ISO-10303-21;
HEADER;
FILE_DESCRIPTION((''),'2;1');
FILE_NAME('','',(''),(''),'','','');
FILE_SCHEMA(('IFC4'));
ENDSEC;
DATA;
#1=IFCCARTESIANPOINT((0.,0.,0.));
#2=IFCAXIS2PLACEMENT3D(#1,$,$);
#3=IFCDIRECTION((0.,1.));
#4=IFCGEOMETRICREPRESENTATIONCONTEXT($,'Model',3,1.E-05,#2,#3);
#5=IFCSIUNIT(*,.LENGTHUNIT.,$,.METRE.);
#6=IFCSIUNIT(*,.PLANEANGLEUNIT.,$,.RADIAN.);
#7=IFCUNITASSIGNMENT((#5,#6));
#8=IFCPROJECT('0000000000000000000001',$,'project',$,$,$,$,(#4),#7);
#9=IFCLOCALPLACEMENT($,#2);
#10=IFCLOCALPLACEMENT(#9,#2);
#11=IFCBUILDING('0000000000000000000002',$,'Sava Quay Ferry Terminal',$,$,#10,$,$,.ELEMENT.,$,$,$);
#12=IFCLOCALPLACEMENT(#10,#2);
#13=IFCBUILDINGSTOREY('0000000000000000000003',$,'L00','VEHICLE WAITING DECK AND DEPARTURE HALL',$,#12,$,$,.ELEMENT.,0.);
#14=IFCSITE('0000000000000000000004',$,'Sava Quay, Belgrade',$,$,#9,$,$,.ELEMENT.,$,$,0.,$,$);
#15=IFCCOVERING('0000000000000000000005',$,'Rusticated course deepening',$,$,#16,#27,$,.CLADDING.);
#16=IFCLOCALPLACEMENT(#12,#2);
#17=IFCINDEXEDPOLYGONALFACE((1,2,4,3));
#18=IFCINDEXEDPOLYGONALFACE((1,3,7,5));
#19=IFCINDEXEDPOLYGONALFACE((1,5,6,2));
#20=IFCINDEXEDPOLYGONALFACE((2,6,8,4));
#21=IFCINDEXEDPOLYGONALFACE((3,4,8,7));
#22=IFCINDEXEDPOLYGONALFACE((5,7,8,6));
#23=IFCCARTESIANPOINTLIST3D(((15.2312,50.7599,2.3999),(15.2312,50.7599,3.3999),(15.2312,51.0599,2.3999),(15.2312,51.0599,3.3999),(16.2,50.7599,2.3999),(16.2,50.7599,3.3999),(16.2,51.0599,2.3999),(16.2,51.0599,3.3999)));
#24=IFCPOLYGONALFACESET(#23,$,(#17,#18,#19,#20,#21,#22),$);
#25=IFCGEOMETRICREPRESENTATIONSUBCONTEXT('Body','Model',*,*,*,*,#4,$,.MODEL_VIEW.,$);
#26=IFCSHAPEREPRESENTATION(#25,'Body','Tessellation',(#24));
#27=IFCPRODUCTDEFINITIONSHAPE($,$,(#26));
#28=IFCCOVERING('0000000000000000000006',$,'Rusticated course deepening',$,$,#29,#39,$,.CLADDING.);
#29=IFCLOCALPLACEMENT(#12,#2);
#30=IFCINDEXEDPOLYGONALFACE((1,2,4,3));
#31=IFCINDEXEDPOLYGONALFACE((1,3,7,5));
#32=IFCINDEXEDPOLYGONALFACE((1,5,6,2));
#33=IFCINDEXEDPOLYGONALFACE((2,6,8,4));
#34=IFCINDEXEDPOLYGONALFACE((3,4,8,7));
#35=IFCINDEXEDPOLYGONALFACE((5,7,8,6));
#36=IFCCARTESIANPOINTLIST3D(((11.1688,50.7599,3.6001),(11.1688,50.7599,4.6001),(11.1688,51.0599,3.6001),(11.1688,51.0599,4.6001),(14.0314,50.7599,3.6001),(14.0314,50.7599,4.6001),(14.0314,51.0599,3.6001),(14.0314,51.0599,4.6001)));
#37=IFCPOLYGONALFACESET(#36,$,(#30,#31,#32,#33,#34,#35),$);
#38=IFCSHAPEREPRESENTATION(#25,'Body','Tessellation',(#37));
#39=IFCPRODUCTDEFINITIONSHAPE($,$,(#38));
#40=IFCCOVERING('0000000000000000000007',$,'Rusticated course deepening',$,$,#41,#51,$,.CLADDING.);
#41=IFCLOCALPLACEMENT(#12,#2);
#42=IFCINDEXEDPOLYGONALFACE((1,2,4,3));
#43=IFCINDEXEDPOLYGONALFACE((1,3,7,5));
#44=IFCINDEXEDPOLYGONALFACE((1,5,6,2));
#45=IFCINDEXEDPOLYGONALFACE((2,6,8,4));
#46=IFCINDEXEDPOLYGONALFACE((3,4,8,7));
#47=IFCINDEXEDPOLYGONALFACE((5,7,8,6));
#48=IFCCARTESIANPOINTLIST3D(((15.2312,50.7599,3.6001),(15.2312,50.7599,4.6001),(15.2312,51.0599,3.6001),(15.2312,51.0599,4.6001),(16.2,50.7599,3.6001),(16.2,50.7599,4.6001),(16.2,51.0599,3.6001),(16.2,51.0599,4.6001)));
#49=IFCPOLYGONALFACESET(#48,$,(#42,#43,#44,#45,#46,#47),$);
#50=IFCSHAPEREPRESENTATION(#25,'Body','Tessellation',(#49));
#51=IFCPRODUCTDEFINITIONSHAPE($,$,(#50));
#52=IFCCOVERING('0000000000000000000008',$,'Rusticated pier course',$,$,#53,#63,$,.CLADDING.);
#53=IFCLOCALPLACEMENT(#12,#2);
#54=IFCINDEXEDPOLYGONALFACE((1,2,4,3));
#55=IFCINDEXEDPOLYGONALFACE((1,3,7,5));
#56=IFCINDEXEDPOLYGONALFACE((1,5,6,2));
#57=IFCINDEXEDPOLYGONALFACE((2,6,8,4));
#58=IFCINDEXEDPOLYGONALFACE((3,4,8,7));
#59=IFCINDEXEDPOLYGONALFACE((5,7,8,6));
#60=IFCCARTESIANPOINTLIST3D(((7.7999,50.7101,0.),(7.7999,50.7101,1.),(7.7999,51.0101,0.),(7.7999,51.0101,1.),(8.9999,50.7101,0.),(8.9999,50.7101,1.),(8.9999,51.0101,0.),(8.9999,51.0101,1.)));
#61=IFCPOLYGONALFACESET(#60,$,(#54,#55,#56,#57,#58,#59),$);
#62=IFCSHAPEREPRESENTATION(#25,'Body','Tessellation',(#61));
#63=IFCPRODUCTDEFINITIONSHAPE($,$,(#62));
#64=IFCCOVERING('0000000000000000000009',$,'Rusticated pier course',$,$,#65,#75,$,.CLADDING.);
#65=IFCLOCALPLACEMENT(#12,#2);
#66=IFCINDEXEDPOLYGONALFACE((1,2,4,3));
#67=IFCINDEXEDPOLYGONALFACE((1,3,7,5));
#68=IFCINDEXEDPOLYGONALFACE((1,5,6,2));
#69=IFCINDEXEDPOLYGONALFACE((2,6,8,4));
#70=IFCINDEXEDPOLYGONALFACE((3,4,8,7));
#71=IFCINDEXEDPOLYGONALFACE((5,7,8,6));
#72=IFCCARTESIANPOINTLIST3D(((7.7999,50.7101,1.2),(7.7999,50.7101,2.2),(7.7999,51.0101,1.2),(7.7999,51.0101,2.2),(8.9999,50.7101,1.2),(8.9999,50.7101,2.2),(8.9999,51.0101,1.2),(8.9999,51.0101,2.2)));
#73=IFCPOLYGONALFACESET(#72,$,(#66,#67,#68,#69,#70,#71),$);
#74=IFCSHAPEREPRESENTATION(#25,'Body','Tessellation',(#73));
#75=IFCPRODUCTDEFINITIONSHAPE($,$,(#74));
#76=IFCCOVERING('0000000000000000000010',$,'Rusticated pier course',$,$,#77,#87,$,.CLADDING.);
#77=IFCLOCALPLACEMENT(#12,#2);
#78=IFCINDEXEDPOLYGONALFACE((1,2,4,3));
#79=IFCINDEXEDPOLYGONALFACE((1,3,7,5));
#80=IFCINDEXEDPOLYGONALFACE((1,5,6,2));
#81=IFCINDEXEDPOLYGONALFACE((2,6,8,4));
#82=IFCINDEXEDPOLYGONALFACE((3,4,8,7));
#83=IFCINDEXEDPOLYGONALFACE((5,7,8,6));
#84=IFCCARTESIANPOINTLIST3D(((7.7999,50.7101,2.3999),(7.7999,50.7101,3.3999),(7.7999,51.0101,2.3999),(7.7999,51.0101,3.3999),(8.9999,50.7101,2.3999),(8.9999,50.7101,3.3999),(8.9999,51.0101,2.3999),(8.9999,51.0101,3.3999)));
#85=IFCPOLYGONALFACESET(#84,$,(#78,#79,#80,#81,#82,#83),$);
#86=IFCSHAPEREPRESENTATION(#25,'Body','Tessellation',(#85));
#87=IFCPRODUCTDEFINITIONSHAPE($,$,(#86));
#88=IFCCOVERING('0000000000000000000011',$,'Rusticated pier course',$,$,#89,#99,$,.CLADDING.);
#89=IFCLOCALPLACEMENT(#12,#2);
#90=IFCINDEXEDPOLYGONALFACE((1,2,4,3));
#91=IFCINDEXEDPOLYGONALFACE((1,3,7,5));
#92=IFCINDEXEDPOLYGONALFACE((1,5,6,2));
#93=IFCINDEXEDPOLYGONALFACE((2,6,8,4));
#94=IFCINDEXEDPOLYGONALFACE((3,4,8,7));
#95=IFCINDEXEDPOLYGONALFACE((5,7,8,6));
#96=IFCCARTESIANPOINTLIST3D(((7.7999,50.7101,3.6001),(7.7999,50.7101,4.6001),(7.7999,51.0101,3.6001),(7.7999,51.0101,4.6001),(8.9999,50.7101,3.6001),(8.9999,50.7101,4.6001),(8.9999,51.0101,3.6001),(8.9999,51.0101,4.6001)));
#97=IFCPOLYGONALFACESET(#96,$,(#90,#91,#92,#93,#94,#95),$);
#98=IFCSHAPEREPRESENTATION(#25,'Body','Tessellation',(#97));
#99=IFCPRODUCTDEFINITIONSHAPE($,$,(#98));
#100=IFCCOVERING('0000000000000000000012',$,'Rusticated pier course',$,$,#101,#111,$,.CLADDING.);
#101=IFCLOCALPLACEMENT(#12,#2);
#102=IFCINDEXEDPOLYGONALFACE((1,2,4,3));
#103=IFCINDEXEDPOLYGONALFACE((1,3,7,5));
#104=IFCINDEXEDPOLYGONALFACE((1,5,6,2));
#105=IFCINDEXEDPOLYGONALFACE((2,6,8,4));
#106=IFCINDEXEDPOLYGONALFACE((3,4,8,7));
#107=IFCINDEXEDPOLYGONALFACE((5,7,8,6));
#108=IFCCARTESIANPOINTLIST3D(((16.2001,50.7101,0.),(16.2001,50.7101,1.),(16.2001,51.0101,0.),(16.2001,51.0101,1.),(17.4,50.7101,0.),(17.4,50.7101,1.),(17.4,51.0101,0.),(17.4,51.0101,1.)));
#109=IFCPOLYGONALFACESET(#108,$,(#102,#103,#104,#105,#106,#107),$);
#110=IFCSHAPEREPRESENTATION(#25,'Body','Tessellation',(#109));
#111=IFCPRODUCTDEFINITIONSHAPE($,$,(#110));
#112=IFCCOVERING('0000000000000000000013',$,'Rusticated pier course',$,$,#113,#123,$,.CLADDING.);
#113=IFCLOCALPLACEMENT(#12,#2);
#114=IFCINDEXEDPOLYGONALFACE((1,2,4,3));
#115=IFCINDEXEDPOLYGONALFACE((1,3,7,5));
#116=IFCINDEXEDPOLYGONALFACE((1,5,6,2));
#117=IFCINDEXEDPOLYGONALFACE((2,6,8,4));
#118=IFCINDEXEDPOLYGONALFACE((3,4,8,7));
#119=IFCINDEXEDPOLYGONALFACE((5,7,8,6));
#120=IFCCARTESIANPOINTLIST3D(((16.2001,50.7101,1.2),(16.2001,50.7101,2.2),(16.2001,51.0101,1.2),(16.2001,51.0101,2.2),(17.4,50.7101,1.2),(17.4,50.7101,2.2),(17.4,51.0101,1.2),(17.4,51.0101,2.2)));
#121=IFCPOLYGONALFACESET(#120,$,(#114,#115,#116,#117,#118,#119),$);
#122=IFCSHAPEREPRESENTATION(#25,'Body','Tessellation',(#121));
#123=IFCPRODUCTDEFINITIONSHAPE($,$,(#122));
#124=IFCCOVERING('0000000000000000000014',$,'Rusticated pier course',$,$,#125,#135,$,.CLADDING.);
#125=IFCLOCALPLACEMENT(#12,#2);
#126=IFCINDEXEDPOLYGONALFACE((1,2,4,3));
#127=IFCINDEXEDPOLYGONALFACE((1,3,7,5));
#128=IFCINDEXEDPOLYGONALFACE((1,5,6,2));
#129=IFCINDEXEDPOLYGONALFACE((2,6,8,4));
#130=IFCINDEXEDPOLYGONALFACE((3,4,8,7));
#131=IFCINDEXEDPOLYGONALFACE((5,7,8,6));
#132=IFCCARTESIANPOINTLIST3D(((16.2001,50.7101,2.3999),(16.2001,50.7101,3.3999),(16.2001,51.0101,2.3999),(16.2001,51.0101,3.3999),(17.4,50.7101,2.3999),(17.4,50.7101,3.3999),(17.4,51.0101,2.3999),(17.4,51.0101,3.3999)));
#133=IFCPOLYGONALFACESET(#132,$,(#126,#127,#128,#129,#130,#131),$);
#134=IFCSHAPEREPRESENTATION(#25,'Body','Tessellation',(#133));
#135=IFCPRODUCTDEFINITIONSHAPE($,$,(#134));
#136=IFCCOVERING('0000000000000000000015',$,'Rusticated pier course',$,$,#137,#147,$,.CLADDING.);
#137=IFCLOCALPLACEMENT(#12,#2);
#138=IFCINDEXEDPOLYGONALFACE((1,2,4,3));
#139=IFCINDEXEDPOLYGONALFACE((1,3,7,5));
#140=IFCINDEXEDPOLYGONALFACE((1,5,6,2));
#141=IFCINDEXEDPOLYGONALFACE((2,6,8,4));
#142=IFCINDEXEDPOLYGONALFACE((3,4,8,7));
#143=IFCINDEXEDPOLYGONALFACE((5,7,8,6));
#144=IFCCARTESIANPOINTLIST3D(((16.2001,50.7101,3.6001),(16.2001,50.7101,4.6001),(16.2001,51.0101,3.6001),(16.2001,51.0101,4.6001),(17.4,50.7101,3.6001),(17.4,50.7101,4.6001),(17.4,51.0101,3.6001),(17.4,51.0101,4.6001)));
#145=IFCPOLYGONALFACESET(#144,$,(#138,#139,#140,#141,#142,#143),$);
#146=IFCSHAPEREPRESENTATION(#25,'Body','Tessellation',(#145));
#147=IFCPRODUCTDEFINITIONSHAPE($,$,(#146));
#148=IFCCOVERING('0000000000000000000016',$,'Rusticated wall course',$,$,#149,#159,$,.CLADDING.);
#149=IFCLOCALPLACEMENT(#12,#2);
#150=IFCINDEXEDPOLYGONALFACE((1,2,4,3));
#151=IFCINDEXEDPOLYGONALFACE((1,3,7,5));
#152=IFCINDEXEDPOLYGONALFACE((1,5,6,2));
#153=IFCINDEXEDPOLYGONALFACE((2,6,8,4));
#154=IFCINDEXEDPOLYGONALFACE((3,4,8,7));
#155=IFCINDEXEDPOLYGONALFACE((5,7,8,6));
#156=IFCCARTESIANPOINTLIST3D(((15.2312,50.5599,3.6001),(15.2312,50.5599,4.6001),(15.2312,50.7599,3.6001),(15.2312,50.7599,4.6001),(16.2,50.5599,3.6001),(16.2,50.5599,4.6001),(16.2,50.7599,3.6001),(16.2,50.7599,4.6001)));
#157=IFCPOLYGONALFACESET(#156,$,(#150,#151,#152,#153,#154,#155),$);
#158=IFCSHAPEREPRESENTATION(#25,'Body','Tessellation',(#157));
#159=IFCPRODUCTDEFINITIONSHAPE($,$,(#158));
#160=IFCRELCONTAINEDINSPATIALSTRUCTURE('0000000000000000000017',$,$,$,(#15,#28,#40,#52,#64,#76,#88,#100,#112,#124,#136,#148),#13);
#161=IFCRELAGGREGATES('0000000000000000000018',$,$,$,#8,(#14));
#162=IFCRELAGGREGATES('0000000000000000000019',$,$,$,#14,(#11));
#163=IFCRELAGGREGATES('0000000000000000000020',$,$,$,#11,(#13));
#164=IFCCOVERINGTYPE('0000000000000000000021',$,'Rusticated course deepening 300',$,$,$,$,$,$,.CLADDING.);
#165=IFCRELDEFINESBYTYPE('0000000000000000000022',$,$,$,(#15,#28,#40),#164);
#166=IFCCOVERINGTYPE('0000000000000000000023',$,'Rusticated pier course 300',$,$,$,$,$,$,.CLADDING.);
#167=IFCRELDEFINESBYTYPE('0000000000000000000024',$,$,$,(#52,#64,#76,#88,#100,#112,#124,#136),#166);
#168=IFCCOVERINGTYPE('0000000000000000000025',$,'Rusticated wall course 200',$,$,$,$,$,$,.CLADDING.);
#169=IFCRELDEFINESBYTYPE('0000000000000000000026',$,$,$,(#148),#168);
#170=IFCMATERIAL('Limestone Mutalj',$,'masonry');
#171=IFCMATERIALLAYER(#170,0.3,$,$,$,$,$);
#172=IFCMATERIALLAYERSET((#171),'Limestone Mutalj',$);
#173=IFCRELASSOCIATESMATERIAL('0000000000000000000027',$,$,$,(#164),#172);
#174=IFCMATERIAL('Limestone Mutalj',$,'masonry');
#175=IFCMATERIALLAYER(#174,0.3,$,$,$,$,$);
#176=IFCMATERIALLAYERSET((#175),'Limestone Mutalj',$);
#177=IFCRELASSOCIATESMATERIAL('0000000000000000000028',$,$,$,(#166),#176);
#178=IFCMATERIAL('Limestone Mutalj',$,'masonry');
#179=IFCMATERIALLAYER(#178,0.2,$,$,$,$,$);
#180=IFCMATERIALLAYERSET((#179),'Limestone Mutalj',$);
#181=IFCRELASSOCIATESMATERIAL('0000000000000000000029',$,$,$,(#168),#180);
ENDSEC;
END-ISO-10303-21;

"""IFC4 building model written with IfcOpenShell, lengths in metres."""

from ifc_helpers import new_model, si_unit, direction, frame, origin, origin_2d, place, context, subcontext, project, spatial, rectangle, extrude, material, layer, layer_set, type_object, element, save


model = new_model("IFC4")

# Units and contexts
model_context = context("Model", 3, precision=1e-05, world=origin(), true_north=direction((0.0, 1.0)))
body_context = subcontext(model_context, "Body", "Model", "MODEL_VIEW")
ifc_project = project(units=[si_unit("LENGTHUNIT", "METRE"), si_unit("PLANEANGLEUNIT", "RADIAN")], contexts=[model_context])

# Site, building, storey
site_placement = place(None, origin())
site = spatial("IfcSite", under=ifc_project, at=site_placement, Name="Sava Quay, Belgrade", CompositionType="ELEMENT", RefElevation=0.0)
building_placement = place(site_placement, origin())
building = spatial("IfcBuilding", under=site, at=building_placement, Name="Sava Quay Ferry Terminal", CompositionType="ELEMENT")
storey_placement = place(building_placement, origin())
storey = spatial("IfcBuildingStorey", under=building, at=storey_placement, Name="L00", Description="VEHICLE WAITING DECK AND DEPARTURE HALL", CompositionType="ELEMENT", Elevation=0.0)

# Coverings
ifc_material_1 = material(Name="Limestone Mutalj", Category="masonry")
ifc_layer_1 = layer(ifc_material_1, 0.3)
ifc_layer_set_1 = layer_set([ifc_layer_1], Name="Limestone Mutalj")
covering_type_1 = type_object("IfcCoveringType", Name="Rusticated course deepening 300", PredefinedType="CLADDING", material=ifc_layer_set_1)
covering_1_placement = place(storey_placement, frame((15.7156, 50.9099, 2.3999), z_axis=(0.0, 0.0, 1.0), x_axis=(1.0, 0.0, 0.0)))
element("IfcCovering", 1, at=covering_1_placement, inside=storey, type_object=covering_type_1, Name="Rusticated course deepening", PredefinedType="CLADDING", context=body_context, shape_type="SweptSolid", body=[
    extrude(rectangle(XDim=0.9688, YDim=0.3, at=origin_2d()), origin(), (0.0, 0.0, 1.0), 1.0),
])
covering_2_placement = place(storey_placement, frame((12.6001, 50.9099, 3.6001), z_axis=(0.0, 0.0, 1.0), x_axis=(1.0, 0.0, 0.0)))
element("IfcCovering", 2, at=covering_2_placement, inside=storey, type_object=covering_type_1, Name="Rusticated course deepening", PredefinedType="CLADDING", context=body_context, shape_type="SweptSolid", body=[
    extrude(rectangle(XDim=2.8625, YDim=0.3, at=origin_2d()), origin(), (0.0, 0.0, 1.0), 1.0),
])
covering_3_placement = place(storey_placement, frame((15.7156, 50.9099, 3.6001), z_axis=(0.0, 0.0, 1.0), x_axis=(1.0, 0.0, 0.0)))
element("IfcCovering", 3, at=covering_3_placement, inside=storey, type_object=covering_type_1, Name="Rusticated course deepening", PredefinedType="CLADDING", context=body_context, shape_type="SweptSolid", body=[
    extrude(rectangle(XDim=0.9688, YDim=0.3, at=origin_2d()), origin(), (0.0, 0.0, 1.0), 1.0),
])
ifc_material_2 = material(Name="Limestone Mutalj", Category="masonry")
ifc_layer_2 = layer(ifc_material_2, 0.3)
ifc_layer_set_2 = layer_set([ifc_layer_2], Name="Limestone Mutalj")
covering_type_2 = type_object("IfcCoveringType", Name="Rusticated pier course 300", PredefinedType="CLADDING", material=ifc_layer_set_2)
for number, where, z_axis, x_axis, name in (
    (4, (8.3999, 50.8601, 0.0), (0.0, 0.0, 1.0), (1.0, 0.0, 0.0), "Rusticated pier course"),
    (5, (8.3999, 50.8601, 1.2), (0.0, 0.0, 1.0), (1.0, 0.0, 0.0), "Rusticated pier course"),
    (6, (8.3999, 50.8601, 2.3999), (0.0, 0.0, 1.0), (1.0, 0.0, 0.0), "Rusticated pier course"),
    (7, (8.3999, 50.8601, 3.6001), (0.0, 0.0, 1.0), (1.0, 0.0, 0.0), "Rusticated pier course"),
    (8, (16.8, 50.8601, 0.0), (0.0, 0.0, 1.0), (1.0, 0.0, 0.0), "Rusticated pier course"),
    (9, (16.8, 50.8601, 1.2), (0.0, 0.0, 1.0), (1.0, 0.0, 0.0), "Rusticated pier course"),
    (10, (16.8, 50.8601, 2.3999), (0.0, 0.0, 1.0), (1.0, 0.0, 0.0), "Rusticated pier course"),
    (11, (16.8, 50.8601, 3.6001), (0.0, 0.0, 1.0), (1.0, 0.0, 0.0), "Rusticated pier course"),
):
    element("IfcCovering", number, at=place(storey_placement, frame(where, z_axis=z_axis, x_axis=x_axis)), inside=storey, type_object=covering_type_2, Name=name, PredefinedType="CLADDING", context=body_context, shape_type="SweptSolid", body=[
        extrude(rectangle(XDim=1.2, YDim=0.3, at=origin_2d()), origin(), (0.0, 0.0, 1.0), 1.0),
    ])
ifc_material_3 = material(Name="Limestone Mutalj", Category="masonry")
ifc_layer_3 = layer(ifc_material_3, 0.2)
ifc_layer_set_3 = layer_set([ifc_layer_3], Name="Limestone Mutalj")
covering_type_3 = type_object("IfcCoveringType", Name="Rusticated wall course 200", PredefinedType="CLADDING", material=ifc_layer_set_3)
covering_4_placement = place(storey_placement, frame((15.7156, 50.6599, 3.6001), z_axis=(0.0, 0.0, 1.0), x_axis=(1.0, 0.0, 0.0)))
element("IfcCovering", 12, at=covering_4_placement, inside=storey, type_object=covering_type_3, Name="Rusticated wall course", PredefinedType="CLADDING", context=body_context, shape_type="SweptSolid", body=[
    extrude(rectangle(XDim=0.9688, YDim=0.2, at=origin_2d()), origin(), (0.0, 0.0, 1.0), 1.0),
])

save(model, "model.ifc")
